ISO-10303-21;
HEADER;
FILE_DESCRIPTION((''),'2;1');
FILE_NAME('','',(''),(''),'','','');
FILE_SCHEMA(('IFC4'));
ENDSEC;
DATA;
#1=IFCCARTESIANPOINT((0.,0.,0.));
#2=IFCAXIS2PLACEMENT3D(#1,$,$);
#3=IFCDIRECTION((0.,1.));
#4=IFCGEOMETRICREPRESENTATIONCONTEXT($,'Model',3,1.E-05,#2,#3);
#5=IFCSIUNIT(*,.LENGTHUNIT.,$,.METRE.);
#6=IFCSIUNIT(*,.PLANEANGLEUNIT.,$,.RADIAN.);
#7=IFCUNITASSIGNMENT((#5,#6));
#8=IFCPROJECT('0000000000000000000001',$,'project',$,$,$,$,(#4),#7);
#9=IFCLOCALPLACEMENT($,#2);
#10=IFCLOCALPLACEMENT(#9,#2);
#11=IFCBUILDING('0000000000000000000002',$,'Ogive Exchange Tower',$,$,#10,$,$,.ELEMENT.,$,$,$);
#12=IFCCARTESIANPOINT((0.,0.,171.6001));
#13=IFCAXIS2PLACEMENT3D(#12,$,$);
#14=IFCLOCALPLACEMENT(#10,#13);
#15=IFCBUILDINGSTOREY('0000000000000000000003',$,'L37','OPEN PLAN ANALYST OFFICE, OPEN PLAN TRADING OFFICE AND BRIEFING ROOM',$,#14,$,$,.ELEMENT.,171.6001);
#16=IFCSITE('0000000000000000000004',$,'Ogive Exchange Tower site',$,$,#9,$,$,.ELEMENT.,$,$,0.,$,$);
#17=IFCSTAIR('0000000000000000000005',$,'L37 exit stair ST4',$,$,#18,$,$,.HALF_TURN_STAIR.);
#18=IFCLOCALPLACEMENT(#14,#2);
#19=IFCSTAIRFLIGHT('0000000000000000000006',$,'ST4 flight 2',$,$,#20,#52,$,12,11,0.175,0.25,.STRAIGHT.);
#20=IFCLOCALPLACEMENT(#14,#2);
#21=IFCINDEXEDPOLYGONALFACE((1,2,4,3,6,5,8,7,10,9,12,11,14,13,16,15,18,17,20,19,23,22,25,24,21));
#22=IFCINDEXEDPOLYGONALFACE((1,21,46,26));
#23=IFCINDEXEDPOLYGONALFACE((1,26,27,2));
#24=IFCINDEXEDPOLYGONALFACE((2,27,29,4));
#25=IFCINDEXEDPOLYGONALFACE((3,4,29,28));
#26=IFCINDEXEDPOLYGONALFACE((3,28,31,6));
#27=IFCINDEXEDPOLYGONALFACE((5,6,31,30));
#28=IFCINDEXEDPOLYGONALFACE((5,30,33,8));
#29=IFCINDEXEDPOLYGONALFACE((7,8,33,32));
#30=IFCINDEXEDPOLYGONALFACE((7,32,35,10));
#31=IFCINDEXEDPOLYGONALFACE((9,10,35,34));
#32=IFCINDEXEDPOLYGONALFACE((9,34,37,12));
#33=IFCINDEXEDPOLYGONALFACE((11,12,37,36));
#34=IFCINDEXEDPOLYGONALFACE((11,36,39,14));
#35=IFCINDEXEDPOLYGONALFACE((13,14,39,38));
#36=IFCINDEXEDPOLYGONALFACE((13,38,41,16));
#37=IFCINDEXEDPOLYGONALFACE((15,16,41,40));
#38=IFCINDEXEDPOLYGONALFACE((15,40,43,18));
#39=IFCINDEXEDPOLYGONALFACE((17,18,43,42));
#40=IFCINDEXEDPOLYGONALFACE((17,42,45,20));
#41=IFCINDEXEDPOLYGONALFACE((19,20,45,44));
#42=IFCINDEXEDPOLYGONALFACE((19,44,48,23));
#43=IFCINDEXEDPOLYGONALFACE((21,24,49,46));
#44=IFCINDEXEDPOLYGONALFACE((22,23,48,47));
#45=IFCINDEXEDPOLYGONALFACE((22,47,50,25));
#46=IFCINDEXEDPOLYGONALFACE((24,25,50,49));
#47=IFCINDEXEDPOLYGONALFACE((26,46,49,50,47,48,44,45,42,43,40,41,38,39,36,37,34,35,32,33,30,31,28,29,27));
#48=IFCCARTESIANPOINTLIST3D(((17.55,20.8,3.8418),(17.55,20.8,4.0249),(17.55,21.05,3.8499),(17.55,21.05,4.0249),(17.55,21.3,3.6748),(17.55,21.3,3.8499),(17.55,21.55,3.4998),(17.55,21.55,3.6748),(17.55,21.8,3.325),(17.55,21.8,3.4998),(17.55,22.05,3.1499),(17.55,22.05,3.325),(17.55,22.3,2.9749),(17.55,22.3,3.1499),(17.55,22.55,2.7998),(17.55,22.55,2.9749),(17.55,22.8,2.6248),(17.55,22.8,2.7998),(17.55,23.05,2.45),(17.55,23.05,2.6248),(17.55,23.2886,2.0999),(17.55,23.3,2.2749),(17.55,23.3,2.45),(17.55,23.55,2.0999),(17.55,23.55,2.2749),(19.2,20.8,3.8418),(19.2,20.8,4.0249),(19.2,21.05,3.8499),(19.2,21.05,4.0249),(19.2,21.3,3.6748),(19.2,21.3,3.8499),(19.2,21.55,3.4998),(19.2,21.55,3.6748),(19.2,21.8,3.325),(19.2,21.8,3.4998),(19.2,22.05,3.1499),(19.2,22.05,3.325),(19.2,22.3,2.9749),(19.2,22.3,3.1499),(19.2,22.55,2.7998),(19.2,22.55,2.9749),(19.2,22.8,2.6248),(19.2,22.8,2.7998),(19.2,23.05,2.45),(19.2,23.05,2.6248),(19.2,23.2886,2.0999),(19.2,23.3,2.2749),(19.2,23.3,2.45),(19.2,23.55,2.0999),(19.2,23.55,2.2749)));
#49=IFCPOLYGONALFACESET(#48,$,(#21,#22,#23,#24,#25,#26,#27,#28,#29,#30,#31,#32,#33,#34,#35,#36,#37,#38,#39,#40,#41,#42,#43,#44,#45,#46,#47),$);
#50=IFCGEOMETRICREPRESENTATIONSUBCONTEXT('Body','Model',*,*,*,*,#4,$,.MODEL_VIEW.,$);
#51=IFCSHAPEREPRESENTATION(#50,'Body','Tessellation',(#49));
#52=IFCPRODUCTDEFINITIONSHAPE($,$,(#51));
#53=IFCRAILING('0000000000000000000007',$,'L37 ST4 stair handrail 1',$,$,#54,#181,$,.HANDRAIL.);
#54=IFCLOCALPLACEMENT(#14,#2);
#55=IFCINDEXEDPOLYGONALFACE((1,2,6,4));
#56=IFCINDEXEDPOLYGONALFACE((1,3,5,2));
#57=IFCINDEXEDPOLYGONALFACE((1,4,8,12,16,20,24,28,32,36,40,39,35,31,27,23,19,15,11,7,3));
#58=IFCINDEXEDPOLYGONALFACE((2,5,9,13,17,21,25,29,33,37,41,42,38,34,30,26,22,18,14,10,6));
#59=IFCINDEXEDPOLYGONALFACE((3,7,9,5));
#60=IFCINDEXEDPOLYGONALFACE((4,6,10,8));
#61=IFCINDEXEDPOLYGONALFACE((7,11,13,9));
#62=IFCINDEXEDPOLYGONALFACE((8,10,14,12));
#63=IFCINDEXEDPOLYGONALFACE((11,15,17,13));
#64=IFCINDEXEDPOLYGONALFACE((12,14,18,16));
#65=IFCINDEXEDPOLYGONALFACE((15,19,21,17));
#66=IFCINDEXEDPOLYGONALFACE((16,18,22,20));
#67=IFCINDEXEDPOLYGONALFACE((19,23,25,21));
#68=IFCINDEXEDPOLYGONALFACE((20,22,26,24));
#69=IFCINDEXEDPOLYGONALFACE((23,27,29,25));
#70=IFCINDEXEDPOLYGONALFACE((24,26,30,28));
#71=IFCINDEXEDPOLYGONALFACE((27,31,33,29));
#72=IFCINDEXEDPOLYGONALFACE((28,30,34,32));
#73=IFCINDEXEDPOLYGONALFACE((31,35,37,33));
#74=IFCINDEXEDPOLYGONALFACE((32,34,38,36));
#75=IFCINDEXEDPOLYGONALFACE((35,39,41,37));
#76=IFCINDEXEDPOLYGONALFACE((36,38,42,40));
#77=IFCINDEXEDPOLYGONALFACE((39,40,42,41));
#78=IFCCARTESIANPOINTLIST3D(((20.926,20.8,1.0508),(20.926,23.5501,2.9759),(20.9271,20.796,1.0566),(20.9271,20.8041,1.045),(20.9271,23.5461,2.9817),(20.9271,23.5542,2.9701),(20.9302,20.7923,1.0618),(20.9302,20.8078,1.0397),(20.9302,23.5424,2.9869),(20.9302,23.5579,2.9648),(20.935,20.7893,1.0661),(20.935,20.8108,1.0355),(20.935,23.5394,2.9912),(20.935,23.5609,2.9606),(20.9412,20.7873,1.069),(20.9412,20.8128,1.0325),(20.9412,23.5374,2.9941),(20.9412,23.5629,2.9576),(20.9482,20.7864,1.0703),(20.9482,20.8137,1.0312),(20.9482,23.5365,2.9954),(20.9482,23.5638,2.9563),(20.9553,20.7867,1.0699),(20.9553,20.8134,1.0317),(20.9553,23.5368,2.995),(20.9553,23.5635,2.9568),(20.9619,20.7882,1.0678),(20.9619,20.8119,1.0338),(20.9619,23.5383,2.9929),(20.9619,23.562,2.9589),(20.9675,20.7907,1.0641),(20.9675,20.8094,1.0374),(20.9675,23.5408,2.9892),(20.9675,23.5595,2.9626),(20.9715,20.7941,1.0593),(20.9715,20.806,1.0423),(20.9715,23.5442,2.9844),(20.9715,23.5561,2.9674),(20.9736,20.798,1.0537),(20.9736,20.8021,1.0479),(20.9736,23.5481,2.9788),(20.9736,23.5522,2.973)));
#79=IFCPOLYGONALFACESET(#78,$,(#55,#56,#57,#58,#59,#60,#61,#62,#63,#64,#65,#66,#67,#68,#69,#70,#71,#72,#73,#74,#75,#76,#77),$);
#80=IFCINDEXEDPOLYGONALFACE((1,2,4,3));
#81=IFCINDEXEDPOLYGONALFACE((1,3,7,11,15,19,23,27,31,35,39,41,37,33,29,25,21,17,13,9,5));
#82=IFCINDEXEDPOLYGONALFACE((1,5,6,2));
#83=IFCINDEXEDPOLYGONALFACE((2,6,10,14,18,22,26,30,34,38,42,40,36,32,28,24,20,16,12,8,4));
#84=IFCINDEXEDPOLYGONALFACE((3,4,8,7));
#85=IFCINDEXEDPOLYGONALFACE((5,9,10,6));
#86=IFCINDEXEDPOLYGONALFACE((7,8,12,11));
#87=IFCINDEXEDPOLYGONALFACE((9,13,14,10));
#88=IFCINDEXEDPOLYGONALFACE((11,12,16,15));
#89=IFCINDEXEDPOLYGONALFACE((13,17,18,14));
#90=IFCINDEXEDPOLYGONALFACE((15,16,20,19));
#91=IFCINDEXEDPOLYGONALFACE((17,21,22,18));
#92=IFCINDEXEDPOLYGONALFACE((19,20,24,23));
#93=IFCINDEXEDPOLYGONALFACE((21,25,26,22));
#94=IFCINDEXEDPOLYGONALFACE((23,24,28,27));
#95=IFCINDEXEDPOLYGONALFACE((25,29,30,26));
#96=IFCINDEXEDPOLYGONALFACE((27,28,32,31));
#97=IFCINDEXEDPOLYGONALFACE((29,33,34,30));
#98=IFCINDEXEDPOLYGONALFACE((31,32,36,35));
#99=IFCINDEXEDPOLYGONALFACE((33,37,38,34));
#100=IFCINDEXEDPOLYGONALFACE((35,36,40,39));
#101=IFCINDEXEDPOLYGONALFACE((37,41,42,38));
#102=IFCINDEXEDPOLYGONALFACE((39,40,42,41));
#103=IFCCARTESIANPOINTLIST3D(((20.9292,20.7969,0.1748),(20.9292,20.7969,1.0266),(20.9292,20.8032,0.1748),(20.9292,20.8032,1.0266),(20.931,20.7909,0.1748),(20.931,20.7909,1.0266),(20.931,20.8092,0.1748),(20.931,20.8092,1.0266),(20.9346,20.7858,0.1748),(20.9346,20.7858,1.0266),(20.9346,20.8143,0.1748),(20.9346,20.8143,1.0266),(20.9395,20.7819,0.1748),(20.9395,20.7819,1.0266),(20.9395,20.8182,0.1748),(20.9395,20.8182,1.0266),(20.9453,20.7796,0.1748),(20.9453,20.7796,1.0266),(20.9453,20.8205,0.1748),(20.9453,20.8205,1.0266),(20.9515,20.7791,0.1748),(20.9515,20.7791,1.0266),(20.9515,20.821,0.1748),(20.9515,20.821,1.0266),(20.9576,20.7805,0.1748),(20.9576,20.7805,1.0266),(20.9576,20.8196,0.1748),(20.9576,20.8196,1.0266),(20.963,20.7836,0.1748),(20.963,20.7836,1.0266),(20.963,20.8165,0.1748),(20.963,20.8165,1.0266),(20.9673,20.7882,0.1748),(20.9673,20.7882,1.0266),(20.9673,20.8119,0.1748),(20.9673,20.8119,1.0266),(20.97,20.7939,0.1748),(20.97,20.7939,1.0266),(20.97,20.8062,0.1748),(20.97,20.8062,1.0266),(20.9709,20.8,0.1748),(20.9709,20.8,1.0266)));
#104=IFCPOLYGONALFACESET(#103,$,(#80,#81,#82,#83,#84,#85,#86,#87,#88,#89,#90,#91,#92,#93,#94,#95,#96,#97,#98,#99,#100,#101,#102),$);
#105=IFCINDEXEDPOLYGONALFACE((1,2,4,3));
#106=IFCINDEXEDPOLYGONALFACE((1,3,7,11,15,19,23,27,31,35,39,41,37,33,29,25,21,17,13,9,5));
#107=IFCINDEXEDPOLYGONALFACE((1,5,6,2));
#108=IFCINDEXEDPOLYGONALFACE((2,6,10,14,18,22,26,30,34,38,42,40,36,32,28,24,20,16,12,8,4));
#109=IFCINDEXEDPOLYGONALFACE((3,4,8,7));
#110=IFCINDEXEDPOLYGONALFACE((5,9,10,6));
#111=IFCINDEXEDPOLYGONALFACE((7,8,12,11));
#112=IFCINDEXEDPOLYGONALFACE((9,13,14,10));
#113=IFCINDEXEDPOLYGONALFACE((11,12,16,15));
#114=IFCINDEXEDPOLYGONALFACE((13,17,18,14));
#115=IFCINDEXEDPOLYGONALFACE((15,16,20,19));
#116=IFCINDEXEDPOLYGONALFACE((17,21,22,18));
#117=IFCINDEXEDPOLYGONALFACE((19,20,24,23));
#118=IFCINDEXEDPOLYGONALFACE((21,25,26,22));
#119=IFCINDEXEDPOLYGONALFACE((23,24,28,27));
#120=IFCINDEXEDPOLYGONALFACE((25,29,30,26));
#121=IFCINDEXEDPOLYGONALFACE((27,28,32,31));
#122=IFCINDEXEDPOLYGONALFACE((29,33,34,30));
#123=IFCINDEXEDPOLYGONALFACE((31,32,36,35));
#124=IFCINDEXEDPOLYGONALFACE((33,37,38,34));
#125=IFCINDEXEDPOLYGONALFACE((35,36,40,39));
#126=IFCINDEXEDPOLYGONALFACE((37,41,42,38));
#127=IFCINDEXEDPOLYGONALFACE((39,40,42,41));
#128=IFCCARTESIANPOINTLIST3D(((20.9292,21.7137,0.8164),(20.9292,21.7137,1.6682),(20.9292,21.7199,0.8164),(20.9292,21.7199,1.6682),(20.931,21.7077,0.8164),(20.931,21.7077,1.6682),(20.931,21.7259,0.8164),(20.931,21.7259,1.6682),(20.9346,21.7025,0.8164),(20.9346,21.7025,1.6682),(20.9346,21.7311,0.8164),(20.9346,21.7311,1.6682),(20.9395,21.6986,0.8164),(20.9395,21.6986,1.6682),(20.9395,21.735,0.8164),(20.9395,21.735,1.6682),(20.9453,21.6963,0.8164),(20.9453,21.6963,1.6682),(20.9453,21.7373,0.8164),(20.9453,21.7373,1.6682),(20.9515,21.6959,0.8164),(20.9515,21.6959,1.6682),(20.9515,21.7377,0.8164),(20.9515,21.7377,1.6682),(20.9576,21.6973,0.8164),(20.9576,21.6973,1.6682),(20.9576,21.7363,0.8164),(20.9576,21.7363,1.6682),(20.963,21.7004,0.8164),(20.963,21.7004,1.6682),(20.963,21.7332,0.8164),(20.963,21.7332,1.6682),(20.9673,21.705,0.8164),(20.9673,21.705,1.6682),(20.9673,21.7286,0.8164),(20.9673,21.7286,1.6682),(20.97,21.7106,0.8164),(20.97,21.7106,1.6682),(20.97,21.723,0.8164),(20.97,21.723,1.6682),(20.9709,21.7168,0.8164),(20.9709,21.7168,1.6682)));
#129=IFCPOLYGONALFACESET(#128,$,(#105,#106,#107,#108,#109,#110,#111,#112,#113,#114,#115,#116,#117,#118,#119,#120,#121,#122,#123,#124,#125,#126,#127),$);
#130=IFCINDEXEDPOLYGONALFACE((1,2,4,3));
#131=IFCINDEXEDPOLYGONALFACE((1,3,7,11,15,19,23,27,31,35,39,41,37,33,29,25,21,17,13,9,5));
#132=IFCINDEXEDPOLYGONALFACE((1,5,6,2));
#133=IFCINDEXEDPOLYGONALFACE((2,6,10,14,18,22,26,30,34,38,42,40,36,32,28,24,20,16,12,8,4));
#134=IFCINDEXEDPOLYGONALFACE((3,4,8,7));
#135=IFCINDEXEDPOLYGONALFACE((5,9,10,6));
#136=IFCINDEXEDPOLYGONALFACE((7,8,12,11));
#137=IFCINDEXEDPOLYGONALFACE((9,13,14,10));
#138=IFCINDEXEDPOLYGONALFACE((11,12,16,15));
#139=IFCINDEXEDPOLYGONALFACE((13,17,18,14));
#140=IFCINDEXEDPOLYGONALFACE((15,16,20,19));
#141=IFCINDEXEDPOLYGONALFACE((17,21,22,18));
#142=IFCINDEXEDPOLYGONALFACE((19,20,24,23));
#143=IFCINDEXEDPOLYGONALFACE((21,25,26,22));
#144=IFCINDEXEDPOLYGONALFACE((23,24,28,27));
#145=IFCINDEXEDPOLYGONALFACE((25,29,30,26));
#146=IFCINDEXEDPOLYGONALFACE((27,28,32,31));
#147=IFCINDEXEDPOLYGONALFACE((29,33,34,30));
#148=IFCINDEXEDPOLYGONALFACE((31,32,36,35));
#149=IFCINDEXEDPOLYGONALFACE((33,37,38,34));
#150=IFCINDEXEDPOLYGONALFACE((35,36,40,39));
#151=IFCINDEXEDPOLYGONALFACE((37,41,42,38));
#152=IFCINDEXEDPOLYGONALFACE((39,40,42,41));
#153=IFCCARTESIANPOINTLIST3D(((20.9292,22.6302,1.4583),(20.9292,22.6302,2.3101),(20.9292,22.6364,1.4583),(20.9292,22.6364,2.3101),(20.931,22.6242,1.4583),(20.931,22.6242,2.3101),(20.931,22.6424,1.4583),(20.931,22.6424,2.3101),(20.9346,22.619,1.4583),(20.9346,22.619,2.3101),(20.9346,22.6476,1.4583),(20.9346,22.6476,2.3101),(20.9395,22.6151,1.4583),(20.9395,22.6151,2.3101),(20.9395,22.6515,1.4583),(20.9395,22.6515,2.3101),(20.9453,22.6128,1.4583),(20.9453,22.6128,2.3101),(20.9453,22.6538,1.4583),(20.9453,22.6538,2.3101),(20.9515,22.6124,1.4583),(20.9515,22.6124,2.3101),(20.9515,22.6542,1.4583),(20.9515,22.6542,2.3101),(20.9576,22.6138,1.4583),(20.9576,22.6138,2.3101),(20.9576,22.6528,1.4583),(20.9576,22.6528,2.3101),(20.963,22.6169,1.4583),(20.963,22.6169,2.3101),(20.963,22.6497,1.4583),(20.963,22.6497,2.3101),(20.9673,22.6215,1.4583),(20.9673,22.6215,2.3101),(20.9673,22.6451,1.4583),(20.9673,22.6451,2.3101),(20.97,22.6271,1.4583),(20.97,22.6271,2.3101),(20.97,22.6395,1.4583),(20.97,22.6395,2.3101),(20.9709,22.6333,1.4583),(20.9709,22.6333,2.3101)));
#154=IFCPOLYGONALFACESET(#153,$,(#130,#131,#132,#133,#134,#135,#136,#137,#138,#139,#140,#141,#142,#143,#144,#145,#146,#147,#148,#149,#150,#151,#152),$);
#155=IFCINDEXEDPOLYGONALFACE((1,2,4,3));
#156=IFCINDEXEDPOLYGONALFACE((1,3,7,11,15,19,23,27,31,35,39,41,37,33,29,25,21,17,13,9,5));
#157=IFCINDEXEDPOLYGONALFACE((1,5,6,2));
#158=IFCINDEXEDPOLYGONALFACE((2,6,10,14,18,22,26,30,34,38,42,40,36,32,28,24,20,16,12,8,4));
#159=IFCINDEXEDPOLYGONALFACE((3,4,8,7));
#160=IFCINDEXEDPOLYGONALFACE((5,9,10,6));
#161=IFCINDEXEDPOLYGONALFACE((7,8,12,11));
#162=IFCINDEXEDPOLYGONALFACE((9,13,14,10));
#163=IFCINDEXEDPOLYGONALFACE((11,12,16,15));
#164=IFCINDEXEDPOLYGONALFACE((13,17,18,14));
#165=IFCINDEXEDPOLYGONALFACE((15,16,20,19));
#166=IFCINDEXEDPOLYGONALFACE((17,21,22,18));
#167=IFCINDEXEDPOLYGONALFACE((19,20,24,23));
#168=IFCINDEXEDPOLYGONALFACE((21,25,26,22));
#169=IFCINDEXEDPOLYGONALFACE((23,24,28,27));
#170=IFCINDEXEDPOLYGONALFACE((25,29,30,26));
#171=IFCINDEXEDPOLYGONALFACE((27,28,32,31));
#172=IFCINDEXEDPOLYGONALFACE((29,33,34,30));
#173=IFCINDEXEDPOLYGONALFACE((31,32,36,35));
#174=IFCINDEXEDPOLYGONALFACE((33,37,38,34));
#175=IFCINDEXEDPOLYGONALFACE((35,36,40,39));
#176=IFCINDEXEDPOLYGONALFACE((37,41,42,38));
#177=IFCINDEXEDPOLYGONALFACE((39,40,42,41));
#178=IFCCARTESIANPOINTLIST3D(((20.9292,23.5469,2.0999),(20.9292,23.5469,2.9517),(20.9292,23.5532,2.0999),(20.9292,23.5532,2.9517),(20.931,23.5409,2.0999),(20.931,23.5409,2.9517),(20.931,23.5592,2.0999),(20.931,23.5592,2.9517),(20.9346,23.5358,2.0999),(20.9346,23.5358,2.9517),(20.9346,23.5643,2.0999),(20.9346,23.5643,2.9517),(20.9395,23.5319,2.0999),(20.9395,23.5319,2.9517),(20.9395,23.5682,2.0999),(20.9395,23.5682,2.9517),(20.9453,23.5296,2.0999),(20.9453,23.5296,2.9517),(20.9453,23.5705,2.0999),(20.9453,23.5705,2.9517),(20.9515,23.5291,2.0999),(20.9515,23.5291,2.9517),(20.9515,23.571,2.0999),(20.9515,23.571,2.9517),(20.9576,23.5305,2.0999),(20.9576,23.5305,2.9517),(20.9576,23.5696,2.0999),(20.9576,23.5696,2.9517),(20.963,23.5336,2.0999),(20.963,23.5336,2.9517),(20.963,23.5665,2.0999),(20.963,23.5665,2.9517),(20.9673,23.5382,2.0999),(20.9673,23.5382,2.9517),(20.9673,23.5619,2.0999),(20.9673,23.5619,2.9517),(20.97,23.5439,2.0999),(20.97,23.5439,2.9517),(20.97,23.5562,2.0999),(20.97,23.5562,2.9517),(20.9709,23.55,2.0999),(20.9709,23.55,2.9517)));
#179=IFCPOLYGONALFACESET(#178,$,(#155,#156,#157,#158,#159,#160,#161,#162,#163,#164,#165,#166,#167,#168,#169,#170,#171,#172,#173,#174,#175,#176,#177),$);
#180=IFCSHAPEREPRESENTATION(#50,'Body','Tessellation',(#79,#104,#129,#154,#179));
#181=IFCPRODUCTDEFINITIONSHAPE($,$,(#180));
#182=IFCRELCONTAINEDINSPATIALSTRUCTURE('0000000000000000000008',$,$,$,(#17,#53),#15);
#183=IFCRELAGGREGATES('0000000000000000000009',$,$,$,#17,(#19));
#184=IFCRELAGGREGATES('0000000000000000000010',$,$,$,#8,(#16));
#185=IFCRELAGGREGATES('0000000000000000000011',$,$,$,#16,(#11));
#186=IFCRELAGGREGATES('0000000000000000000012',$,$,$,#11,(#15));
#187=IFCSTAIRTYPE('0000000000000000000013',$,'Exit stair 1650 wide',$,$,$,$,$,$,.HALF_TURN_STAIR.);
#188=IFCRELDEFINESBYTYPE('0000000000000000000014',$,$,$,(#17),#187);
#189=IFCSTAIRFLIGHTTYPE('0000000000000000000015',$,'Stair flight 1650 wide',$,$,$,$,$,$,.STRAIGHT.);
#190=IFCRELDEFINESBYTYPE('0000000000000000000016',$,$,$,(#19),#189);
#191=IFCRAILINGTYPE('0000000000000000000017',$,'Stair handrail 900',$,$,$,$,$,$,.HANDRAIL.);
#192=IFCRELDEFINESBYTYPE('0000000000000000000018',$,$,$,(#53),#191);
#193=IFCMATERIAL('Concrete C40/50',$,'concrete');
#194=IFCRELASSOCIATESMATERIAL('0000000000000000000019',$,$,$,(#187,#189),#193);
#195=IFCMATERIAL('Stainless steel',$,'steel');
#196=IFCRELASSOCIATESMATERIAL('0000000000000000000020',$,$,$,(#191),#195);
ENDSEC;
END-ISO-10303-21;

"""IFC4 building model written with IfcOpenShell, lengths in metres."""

from ifc_helpers import new_model, si_unit, direction, frame, origin, origin_2d, place, context, subcontext, project, spatial, polyline, circle, outline, extrude, material, type_object, element, aggregate, save


model = new_model("IFC4")

# Units and contexts
model_context = context("Model", 3, precision=1e-05, world=origin(), true_north=direction((0.0, 1.0)))
body_context = subcontext(model_context, "Body", "Model", "MODEL_VIEW")
ifc_project = project(units=[si_unit("LENGTHUNIT", "METRE"), si_unit("PLANEANGLEUNIT", "RADIAN")], contexts=[model_context])

# Site, building, storey
site_placement = place(None, origin())
site = spatial("IfcSite", under=ifc_project, at=site_placement, Name="Ogive Exchange Tower site", CompositionType="ELEMENT", RefElevation=0.0)
building_placement = place(site_placement, origin())
building = spatial("IfcBuilding", under=site, at=building_placement, Name="Ogive Exchange Tower", CompositionType="ELEMENT")
storey_placement = place(building_placement, frame((0.0, 0.0, 171.6001)))
storey = spatial("IfcBuildingStorey", under=building, at=storey_placement, Name="L37", Description="OPEN PLAN ANALYST OFFICE, OPEN PLAN TRADING OFFICE AND BRIEFING ROOM", CompositionType="ELEMENT", Elevation=171.6001)

# Stair, stair flight
ifc_material_1 = material(Name="Concrete C40/50", Category="concrete")
stair_type = type_object("IfcStairType", Name="Exit stair 1650 wide", PredefinedType="HALF_TURN_STAIR", material=ifc_material_1)
stair_placement = place(storey_placement, origin())
stair = element("IfcStair", 1, at=stair_placement, inside=storey, type_object=stair_type, Name="L37 exit stair ST4", PredefinedType="HALF_TURN_STAIR")
stair_flight_type = type_object("IfcStairFlightType", Name="Stair flight 1650 wide", PredefinedType="STRAIGHT", material=ifc_material_1)
stair_flight_1_placement = place(storey_placement, frame((18.375, 23.55, 2.0999), z_axis=(0.0, 0.0, 1.0), x_axis=(0.0, -1.0, 0.0)))
stair_flight_1 = element("IfcStairFlight", 2, at=stair_flight_1_placement, type_object=stair_flight_type, Name="ST4 flight 2", NumberOfRisers=12, NumberOfTreads=11, PredefinedType="STRAIGHT", RiserHeight=0.175, TreadLength=0.25, context=body_context, shape_type="SweptSolid", body=[
    extrude(outline(polyline([(0.0, 0.0), (0.0, 0.175), (0.25, 0.175), (0.25, 0.3501), (0.5, 0.3501), (0.5, 0.5249), (0.75, 0.5249), (0.75, 0.7), (1.0, 0.7), (1.0, 0.875), (1.25, 0.875), (1.25, 1.05), (1.5, 1.05), (1.5, 1.2251), (1.75, 1.2251), (1.75, 1.3999), (2.0, 1.3999), (2.0, 1.575), (2.25, 1.575), (2.25, 1.75), (2.5, 1.75), (2.5, 1.925), (2.75, 1.925), (2.75, 2.1001), (2.75, 1.7419), (0.2615, 0.0), (0.0, 0.0)])), frame((0.0, 0.825, 0.0), z_axis=(0.0, -1.0, 0.0), x_axis=(1.0, 0.0, 0.0)), (0.0, 0.0, 1.0), 1.6499),
])
aggregate(stair, [stair_flight_1])

# Railing
ifc_material_2 = material(Name="Stainless steel", Category="steel")
railing_type = type_object("IfcRailingType", Name="Stair handrail 900", PredefinedType="HANDRAIL", material=ifc_material_2)
railing_placement = place(storey_placement, frame((20.95, 20.8, 0.1748)))
element("IfcRailing", 3, at=railing_placement, inside=storey, type_object=railing_type, Name="L37 ST4 stair handrail 1", PredefinedType="HANDRAIL", context=body_context, shape_type="SweptSolid", body=[
    extrude(circle(Radius=0.0239, at=origin_2d()), frame((0.0, 0.0, 0.876), z_axis=(0.0, 0.819225, 0.573472), x_axis=(-1.0, 0.0, 0.0)), (0.0, 0.0, 1.0), 3.3569),
    extrude(circle(Radius=0.021, at=origin_2d()), origin(), (0.0, 0.0, 1.0), 0.8518),
    extrude(circle(Radius=0.021, at=origin_2d()), frame((0.0, 0.9167, 0.6416)), (0.0, 0.0, 1.0), 0.8518),
    extrude(circle(Radius=0.021, at=origin_2d()), frame((0.0, 1.8333, 1.2834)), (0.0, 0.0, 1.0), 0.8518),
    extrude(circle(Radius=0.021, at=origin_2d()), frame((0.0, 2.75, 1.925)), (0.0, 0.0, 1.0), 0.8518),
])

save(model, "model.ifc")
